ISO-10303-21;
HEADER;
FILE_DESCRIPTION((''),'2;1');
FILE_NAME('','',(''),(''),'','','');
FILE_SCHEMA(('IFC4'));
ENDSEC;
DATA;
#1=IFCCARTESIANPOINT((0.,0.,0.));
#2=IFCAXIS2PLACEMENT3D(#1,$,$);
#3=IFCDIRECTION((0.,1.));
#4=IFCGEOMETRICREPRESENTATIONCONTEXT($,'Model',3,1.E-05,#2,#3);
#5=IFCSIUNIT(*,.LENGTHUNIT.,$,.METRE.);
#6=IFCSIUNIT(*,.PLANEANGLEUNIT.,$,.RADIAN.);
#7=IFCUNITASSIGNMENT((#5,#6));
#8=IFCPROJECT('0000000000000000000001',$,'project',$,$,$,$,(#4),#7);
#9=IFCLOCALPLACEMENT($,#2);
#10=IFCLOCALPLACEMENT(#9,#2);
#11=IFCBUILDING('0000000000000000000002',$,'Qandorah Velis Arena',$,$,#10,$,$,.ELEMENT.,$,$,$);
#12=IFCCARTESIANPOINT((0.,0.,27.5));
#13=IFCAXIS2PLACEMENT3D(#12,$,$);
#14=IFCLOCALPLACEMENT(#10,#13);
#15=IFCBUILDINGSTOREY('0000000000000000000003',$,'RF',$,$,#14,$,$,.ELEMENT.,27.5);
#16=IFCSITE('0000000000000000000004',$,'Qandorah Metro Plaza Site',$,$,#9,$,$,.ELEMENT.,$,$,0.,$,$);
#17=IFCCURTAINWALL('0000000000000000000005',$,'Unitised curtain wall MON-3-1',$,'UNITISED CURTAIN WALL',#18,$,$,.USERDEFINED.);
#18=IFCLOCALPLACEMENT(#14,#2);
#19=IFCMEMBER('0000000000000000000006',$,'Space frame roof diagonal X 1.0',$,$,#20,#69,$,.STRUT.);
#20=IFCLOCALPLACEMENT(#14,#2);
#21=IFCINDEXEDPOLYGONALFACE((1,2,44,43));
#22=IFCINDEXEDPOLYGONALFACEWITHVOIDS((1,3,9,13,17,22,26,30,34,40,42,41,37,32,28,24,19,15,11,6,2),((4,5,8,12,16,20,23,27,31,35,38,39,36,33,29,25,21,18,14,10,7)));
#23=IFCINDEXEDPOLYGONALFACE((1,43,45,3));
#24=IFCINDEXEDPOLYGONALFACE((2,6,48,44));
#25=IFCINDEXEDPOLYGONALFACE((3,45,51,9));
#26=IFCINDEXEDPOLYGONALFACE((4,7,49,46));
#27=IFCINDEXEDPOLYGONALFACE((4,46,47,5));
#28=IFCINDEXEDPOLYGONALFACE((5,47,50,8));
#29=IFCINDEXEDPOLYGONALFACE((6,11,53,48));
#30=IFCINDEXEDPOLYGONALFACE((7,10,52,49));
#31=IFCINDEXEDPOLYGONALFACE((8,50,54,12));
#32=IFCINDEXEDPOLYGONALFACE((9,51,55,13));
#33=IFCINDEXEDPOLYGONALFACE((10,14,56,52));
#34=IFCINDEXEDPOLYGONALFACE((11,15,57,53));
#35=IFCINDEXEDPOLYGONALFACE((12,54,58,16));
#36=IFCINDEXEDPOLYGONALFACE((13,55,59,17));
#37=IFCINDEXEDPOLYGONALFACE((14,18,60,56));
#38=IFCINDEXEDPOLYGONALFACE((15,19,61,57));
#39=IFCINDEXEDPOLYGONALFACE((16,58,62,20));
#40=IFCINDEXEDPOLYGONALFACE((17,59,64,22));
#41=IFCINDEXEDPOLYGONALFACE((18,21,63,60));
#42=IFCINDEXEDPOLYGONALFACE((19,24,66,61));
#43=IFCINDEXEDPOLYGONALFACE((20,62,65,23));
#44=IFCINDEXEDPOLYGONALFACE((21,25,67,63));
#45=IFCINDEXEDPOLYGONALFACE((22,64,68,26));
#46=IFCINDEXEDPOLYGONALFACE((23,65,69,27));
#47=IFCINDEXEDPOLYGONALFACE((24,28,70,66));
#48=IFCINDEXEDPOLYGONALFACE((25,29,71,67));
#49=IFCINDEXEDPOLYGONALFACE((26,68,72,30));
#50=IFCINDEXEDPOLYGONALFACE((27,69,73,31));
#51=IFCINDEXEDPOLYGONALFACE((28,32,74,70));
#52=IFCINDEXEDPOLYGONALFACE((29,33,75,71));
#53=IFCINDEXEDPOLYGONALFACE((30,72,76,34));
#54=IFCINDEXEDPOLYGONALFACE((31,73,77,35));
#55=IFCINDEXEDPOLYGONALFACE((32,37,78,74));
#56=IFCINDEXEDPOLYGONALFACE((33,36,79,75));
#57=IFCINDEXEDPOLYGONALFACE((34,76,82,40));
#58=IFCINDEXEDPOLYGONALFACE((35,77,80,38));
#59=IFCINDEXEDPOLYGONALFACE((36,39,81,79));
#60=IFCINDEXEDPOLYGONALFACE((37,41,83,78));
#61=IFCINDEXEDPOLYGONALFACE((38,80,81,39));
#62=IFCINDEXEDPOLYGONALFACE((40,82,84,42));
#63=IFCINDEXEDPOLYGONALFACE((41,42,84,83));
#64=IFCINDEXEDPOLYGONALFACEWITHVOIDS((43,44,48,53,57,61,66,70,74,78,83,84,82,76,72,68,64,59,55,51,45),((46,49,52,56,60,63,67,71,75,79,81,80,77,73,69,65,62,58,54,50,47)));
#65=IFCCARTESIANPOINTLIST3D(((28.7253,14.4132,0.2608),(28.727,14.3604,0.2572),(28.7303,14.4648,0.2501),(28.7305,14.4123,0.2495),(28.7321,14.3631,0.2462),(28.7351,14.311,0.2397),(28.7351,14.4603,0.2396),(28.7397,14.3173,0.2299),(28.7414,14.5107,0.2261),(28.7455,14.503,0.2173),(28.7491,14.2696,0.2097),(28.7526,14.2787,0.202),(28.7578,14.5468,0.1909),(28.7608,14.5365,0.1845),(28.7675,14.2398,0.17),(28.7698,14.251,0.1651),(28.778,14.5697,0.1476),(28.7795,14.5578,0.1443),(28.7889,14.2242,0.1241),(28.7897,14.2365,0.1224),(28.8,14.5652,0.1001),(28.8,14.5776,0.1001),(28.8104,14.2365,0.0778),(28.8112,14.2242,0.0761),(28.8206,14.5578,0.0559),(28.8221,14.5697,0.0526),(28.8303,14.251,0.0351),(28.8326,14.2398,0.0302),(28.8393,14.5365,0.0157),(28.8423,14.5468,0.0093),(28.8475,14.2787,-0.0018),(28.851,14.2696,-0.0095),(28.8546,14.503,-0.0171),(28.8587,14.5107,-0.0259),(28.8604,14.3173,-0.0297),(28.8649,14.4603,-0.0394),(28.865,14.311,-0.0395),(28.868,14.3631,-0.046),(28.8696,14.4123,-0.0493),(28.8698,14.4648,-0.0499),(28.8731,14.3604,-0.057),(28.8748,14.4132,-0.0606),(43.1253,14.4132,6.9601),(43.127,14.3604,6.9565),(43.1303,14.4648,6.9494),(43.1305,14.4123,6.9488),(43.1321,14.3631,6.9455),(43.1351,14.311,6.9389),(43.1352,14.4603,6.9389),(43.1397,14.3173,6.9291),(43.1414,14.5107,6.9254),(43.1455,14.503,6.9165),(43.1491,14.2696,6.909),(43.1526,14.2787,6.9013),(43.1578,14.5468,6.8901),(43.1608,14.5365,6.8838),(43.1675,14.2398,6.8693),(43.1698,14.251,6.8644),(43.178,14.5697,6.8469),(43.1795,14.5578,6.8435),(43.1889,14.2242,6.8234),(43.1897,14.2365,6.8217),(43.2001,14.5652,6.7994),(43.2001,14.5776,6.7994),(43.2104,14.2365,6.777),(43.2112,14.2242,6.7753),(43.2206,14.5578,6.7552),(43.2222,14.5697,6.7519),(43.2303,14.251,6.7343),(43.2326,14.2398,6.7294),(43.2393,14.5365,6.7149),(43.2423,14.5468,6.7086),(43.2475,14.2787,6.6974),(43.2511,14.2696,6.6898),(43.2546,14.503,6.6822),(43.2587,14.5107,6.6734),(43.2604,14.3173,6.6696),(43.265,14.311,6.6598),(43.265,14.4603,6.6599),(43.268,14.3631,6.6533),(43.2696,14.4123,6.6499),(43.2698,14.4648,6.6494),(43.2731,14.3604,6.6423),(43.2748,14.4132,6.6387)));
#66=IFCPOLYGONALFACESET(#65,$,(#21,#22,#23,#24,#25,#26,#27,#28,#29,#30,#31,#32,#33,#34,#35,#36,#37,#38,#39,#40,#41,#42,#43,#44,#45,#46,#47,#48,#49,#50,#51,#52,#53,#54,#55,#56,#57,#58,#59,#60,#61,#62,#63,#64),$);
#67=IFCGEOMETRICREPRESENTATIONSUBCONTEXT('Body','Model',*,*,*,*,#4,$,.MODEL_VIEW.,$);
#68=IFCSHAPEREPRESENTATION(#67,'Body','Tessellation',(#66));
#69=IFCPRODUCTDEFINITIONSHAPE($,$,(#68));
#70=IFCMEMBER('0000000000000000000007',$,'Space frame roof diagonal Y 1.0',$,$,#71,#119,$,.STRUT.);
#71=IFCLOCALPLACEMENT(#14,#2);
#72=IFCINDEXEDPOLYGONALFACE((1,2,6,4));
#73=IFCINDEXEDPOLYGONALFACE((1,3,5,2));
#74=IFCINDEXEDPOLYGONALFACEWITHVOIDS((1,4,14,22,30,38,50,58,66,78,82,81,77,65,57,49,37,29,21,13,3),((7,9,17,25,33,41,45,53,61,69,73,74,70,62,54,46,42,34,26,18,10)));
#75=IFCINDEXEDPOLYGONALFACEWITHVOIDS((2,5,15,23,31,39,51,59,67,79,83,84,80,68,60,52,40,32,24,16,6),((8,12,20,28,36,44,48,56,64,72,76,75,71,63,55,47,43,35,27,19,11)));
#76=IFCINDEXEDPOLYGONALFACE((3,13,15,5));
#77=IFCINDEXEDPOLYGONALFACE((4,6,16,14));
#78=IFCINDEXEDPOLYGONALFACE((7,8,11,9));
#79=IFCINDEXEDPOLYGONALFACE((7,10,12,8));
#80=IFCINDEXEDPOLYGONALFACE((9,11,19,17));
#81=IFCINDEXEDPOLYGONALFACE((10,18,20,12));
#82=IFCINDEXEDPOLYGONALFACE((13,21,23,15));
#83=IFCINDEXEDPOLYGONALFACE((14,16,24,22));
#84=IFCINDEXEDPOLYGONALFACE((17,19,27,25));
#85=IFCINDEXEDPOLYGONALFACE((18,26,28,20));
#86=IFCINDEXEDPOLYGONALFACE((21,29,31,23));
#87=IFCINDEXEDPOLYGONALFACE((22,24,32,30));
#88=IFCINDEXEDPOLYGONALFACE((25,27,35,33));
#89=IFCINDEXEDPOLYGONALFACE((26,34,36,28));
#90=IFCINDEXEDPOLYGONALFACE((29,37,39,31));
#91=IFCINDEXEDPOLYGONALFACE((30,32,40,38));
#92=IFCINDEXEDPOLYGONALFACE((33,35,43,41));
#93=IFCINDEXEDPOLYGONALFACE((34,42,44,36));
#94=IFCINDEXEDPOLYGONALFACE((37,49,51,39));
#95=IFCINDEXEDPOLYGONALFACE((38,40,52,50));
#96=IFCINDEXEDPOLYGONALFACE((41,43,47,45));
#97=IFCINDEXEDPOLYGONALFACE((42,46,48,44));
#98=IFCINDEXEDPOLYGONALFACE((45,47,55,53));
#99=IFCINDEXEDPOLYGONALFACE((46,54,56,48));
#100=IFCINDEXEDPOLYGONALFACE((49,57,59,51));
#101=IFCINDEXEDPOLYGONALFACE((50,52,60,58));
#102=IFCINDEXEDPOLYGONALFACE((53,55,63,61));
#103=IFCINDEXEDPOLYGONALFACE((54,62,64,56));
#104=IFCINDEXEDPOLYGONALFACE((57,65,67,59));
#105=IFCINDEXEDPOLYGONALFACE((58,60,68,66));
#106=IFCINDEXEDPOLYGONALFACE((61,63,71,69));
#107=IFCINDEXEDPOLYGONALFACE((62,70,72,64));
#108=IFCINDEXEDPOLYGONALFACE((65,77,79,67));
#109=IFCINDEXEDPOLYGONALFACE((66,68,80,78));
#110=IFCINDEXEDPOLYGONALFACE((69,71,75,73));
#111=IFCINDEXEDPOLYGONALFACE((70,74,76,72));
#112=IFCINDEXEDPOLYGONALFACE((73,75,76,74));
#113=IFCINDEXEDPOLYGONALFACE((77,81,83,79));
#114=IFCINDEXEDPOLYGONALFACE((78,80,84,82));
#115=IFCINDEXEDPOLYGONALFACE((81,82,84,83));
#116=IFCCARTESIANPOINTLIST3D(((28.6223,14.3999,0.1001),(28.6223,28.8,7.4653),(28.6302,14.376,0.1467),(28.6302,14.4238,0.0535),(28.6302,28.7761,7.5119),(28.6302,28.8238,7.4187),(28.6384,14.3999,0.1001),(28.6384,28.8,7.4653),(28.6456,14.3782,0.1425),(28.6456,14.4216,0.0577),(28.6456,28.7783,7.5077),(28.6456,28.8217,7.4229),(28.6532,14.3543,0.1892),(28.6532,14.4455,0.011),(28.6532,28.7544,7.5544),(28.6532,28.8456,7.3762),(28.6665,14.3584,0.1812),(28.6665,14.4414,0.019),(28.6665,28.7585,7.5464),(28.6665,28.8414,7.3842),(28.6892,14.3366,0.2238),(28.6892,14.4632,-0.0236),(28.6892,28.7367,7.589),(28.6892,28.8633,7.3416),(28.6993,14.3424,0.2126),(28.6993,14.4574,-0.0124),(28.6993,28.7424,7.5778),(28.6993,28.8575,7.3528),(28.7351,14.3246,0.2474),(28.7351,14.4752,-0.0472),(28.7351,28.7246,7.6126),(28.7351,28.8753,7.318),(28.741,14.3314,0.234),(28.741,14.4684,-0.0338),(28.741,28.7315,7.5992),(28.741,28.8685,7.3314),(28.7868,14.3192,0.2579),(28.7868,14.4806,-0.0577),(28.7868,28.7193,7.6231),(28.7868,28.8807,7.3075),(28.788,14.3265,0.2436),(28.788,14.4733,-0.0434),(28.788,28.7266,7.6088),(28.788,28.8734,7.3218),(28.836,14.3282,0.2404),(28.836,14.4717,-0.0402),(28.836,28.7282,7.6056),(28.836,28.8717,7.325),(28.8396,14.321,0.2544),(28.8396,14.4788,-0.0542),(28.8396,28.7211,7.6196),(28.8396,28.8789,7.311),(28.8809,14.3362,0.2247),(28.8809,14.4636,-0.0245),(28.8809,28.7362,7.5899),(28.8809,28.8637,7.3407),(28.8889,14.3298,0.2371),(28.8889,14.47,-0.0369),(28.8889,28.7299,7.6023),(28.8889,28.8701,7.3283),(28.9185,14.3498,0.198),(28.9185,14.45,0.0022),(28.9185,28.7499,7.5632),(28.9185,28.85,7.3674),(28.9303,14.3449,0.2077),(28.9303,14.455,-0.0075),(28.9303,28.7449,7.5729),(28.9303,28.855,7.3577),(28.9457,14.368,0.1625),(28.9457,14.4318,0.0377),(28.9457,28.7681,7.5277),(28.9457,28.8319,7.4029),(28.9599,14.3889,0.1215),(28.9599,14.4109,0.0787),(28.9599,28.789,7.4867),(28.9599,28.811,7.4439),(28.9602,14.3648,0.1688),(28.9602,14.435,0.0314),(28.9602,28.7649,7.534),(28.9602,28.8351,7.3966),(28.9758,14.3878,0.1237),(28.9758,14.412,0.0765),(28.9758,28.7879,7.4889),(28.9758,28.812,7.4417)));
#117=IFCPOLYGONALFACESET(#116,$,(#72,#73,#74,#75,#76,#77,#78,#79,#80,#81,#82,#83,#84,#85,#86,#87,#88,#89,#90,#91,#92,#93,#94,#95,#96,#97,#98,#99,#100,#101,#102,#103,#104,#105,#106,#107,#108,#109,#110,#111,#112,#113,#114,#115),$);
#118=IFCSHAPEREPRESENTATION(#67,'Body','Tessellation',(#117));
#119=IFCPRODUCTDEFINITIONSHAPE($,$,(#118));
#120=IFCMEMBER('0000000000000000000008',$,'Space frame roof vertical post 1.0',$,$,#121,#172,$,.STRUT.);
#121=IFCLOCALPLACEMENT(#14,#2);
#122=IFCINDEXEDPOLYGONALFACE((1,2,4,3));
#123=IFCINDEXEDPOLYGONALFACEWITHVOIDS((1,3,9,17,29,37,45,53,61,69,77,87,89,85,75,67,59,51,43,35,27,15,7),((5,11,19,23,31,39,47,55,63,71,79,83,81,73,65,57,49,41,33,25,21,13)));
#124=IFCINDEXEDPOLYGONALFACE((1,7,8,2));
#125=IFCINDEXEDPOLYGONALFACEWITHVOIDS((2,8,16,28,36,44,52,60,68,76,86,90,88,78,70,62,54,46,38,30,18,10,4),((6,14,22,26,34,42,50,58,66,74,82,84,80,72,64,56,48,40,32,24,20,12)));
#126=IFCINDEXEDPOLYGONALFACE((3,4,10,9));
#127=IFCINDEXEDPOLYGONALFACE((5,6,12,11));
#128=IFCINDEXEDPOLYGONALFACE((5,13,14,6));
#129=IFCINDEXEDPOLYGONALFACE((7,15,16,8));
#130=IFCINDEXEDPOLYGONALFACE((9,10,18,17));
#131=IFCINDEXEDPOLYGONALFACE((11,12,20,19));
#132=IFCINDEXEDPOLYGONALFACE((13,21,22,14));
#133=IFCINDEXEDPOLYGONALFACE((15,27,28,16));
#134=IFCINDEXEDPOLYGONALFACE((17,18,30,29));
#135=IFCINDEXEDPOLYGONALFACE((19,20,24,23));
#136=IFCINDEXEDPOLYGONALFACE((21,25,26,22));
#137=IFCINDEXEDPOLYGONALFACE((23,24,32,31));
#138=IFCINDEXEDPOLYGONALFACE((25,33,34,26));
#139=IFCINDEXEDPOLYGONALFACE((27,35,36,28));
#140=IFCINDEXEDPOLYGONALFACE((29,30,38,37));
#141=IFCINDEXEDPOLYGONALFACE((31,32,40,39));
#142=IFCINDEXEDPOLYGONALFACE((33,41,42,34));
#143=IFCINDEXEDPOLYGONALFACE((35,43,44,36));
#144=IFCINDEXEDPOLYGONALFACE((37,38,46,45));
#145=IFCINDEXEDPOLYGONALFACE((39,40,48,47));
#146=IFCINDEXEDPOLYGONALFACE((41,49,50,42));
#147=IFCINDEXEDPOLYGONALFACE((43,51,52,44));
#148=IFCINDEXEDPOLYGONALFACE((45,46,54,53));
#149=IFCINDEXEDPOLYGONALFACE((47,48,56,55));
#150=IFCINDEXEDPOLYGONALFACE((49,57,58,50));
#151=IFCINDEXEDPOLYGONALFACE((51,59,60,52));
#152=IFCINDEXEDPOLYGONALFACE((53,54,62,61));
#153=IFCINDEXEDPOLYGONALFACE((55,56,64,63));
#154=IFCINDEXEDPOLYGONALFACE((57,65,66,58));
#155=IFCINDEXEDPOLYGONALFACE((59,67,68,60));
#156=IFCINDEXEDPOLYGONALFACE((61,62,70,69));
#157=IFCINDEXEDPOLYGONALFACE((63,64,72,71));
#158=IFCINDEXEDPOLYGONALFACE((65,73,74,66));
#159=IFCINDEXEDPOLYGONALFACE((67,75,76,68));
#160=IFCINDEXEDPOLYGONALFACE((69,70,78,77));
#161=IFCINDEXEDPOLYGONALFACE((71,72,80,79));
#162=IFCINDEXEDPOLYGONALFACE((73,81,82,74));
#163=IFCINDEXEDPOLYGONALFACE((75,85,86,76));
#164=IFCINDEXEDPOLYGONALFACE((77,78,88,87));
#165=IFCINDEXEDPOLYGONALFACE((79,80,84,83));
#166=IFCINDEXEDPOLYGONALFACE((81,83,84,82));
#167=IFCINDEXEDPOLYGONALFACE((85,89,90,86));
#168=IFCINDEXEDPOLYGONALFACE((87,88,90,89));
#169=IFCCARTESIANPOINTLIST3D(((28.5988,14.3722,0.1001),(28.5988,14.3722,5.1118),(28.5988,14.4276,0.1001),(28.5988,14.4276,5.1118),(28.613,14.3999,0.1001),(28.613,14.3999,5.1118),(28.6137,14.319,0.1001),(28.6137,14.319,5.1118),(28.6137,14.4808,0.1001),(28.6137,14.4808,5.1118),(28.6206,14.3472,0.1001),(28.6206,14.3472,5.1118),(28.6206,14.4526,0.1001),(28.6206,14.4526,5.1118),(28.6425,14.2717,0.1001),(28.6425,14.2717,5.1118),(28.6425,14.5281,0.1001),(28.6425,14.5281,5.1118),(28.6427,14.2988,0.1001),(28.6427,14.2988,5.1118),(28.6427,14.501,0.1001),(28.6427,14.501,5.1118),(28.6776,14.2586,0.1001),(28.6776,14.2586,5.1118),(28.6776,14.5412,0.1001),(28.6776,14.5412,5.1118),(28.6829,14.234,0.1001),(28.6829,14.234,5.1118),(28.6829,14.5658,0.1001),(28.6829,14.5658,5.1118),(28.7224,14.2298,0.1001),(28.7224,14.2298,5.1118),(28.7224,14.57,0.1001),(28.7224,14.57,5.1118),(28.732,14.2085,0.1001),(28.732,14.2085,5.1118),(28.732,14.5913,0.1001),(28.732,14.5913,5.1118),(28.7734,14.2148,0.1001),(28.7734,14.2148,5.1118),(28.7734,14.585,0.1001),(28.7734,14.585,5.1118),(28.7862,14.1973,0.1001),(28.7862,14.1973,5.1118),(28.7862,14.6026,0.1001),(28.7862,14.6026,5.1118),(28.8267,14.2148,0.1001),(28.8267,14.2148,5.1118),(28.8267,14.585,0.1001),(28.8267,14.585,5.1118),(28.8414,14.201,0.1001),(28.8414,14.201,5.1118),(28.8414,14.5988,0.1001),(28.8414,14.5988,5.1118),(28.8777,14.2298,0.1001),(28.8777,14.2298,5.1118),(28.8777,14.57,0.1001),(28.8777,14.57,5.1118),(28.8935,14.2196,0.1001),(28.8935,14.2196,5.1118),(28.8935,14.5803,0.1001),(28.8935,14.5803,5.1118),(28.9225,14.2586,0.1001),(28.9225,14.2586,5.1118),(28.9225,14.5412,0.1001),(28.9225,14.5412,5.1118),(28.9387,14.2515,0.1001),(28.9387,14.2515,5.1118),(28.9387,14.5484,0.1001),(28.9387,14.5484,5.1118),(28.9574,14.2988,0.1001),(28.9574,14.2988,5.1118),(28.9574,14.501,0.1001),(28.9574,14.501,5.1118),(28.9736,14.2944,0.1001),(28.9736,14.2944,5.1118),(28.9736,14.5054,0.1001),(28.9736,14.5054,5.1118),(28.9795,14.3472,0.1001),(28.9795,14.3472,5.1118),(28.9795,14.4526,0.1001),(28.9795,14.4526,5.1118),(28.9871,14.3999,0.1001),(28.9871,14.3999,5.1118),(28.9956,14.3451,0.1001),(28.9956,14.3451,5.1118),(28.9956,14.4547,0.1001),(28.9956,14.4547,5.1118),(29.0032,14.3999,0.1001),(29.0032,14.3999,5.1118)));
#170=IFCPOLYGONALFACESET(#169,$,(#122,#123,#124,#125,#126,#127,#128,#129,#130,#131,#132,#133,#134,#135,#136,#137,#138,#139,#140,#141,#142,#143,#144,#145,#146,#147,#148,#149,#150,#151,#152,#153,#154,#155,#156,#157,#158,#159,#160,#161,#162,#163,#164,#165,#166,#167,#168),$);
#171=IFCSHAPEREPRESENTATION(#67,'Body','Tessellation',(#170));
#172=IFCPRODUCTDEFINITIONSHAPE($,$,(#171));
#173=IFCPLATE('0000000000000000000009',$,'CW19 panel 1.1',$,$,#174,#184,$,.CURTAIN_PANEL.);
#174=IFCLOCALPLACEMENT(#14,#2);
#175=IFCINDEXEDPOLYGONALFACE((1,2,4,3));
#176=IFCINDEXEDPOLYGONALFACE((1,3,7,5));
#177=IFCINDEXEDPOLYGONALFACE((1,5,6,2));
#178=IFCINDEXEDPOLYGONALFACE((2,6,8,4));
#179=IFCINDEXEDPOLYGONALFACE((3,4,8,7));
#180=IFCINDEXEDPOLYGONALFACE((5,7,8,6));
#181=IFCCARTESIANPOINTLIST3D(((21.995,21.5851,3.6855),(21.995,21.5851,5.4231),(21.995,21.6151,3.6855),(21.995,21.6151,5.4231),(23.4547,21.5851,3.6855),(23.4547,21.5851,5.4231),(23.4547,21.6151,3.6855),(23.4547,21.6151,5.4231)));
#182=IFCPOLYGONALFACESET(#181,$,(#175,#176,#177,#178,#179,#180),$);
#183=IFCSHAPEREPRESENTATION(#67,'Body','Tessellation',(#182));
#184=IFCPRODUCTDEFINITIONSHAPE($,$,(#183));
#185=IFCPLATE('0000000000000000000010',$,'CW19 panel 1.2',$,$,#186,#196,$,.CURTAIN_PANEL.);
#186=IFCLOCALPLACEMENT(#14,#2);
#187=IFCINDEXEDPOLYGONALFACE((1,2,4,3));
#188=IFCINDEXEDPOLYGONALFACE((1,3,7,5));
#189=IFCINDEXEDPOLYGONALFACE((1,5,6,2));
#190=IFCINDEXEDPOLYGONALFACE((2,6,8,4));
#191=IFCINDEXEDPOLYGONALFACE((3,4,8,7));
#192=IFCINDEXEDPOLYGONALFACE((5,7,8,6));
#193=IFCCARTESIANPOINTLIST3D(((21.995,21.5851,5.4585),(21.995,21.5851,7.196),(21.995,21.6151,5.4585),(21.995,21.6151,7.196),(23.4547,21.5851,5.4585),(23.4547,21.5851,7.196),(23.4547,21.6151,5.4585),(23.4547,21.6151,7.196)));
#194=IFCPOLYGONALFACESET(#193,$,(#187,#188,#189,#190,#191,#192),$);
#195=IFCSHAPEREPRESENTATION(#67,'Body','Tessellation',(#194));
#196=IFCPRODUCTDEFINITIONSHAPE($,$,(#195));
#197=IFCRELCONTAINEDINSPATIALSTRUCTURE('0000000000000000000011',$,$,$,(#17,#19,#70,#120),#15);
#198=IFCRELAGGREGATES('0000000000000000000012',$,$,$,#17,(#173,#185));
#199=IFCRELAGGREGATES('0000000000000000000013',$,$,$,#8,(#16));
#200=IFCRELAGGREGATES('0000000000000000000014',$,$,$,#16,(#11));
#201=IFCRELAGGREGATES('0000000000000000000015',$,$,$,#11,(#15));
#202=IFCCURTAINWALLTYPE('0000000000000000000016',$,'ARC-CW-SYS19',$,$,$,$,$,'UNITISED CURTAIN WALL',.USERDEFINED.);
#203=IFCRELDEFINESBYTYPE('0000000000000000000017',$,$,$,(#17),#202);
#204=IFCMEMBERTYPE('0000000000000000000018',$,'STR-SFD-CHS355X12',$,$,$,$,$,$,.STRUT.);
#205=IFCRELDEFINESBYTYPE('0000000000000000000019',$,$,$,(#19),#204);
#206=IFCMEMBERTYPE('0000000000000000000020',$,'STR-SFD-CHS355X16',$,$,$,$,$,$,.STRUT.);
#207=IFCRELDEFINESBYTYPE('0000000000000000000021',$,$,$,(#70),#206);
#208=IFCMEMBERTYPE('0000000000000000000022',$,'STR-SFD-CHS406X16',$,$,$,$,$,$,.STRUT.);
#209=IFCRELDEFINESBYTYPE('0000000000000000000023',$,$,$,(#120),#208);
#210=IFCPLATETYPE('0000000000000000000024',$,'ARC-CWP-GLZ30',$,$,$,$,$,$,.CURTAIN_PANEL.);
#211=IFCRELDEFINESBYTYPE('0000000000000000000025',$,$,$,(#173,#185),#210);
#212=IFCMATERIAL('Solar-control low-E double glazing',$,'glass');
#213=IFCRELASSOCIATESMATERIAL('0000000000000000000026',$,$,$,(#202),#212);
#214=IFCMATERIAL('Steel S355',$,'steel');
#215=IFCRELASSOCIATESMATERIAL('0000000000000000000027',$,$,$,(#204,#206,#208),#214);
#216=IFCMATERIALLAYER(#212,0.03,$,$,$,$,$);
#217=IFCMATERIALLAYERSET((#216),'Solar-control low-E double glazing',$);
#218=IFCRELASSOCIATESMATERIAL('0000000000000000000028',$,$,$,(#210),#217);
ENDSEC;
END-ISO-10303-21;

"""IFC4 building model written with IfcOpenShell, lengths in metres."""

from ifc_helpers import new_model, si_unit, direction, frame, origin, origin_2d, place, context, subcontext, project, spatial, rectangle, hollow_circle, extrude, material, layer, layer_set, material_profile, profile_set, type_object, element, aggregate, save


model = new_model("IFC4")

# Units and contexts
model_context = context("Model", 3, precision=1e-05, world=origin(), true_north=direction((0.0, 1.0)))
body_context = subcontext(model_context, "Body", "Model", "MODEL_VIEW")
ifc_project = project(units=[si_unit("LENGTHUNIT", "METRE"), si_unit("PLANEANGLEUNIT", "RADIAN")], contexts=[model_context])

# Site, building, storey
site_placement = place(None, origin())
site = spatial("IfcSite", under=ifc_project, at=site_placement, Name="Qandorah Metro Plaza Site", CompositionType="ELEMENT", RefElevation=0.0)
building_placement = place(site_placement, origin())
building = spatial("IfcBuilding", under=site, at=building_placement, Name="Qandorah Velis Arena", CompositionType="ELEMENT")
storey_placement = place(building_placement, frame((0.0, 0.0, 27.5)))
storey = spatial("IfcBuildingStorey", under=building, at=storey_placement, Name="RF", CompositionType="ELEMENT", Elevation=27.5)

# Curtain wall
ifc_material_1 = material(Name="Solar-control low-E double glazing", Category="glass")
curtain_wall_type_1 = type_object("IfcCurtainWallType", Name="ARC-CW-SYS19", ElementType="UNITISED CURTAIN WALL", PredefinedType="USERDEFINED", material=ifc_material_1)
curtain_wall_1_placement = place(storey_placement, origin())
curtain_wall_1 = element("IfcCurtainWall", 1, at=curtain_wall_1_placement, inside=storey, type_object=curtain_wall_type_1, Name="Unitised curtain wall MON-3-1", ObjectType="UNITISED CURTAIN WALL", PredefinedType="USERDEFINED")

# Shared definitions
ifc_material_2 = material(Name="Steel S355", Category="steel")

# Members
ifc_material_profile_1 = material_profile(ifc_material_2, hollow_circle(Radius=0.1777, WallThickness=0.0125, at=origin_2d()), Name="CHS 355.6x12.5")
ifc_profile_set_1 = profile_set([ifc_material_profile_1], Name="Steel S355")
member_type_1 = type_object("IfcMemberType", Name="STR-SFD-CHS355X12", PredefinedType="STRUT", material=ifc_profile_set_1)
member_1_placement = place(storey_placement, frame((28.8, 14.3999, 0.1001), z_axis=(0.906683, 0.0, 0.421813), x_axis=(0.0, 1.0, 0.0)))
element("IfcMember", 2, at=member_1_placement, inside=storey, type_object=member_type_1, Name="Space frame roof diagonal X 1.0", PredefinedType="STRUT", context=body_context, shape_type="SweptSolid", body=[
    extrude(hollow_circle(Radius=0.1777, WallThickness=0.0125, at=origin_2d()), origin(), (0.0, 0.0, 1.0), 15.8821),
])
ifc_material_profile_2 = material_profile(ifc_material_2, hollow_circle(Radius=0.1777, WallThickness=0.0161, at=origin_2d()), Name="CHS 355.6x16")
ifc_profile_set_2 = profile_set([ifc_material_profile_2], Name="Steel S355")
member_type_2 = type_object("IfcMemberType", Name="STR-SFD-CHS355X16", PredefinedType="STRUT", material=ifc_profile_set_2)
member_2_placement = place(storey_placement, frame((28.8, 14.3999, 0.1001), z_axis=(0.0, 0.890305, 0.455364), x_axis=(-1.0, 0.0, 0.0)))
element("IfcMember", 3, at=member_2_placement, inside=storey, type_object=member_type_2, Name="Space frame roof diagonal Y 1.0", PredefinedType="STRUT", context=body_context, shape_type="SweptSolid", body=[
    extrude(hollow_circle(Radius=0.1777, WallThickness=0.0161, at=origin_2d()), origin(), (0.0, 0.0, 1.0), 16.1743),
])
ifc_material_profile_3 = material_profile(ifc_material_2, hollow_circle(Radius=0.2031, WallThickness=0.0161, at=origin_2d()), Name="CHS 406.4x16")
ifc_profile_set_3 = profile_set([ifc_material_profile_3], Name="Steel S355")
member_type_3 = type_object("IfcMemberType", Name="STR-SFD-CHS406X16", PredefinedType="STRUT", material=ifc_profile_set_3)
member_3_placement = place(storey_placement, frame((28.8, 14.3999, 0.1001), z_axis=(0.0, 0.0, 1.0), x_axis=(1.0, 0.0, 0.0)))
element("IfcMember", 4, at=member_3_placement, inside=storey, type_object=member_type_3, Name="Space frame roof vertical post 1.0", PredefinedType="STRUT", context=body_context, shape_type="SweptSolid", body=[
    extrude(hollow_circle(Radius=0.2031, WallThickness=0.0161, at=origin_2d()), origin(), (0.0, 0.0, 1.0), 5.0117),
])

# Plates
ifc_layer_1 = layer(ifc_material_1, 0.03)
ifc_layer_set_1 = layer_set([ifc_layer_1], Name="Solar-control low-E double glazing")
plate_type_1 = type_object("IfcPlateType", Name="ARC-CWP-GLZ30", PredefinedType="CURTAIN_PANEL", material=ifc_layer_set_1)
plate_1_placement = place(storey_placement, frame((22.7249, 21.6001, 3.6855), z_axis=(0.0, 0.0, 1.0), x_axis=(1.0, 0.0, 0.0)))
plate_1 = element("IfcPlate", 5, at=plate_1_placement, type_object=plate_type_1, Name="CW19 panel 1.1", PredefinedType="CURTAIN_PANEL", context=body_context, shape_type="SweptSolid", body=[
    extrude(rectangle(XDim=1.4597, YDim=0.03, at=origin_2d()), origin(), (0.0, 0.0, 1.0), 1.7375),
])
plate_2_placement = place(storey_placement, frame((22.7249, 21.6001, 5.4585), z_axis=(0.0, 0.0, 1.0), x_axis=(1.0, 0.0, 0.0)))
plate_2 = element("IfcPlate", 6, at=plate_2_placement, type_object=plate_type_1, Name="CW19 panel 1.2", PredefinedType="CURTAIN_PANEL", context=body_context, shape_type="SweptSolid", body=[
    extrude(rectangle(XDim=1.4597, YDim=0.03, at=origin_2d()), origin(), (0.0, 0.0, 1.0), 1.7375),
])
aggregate(curtain_wall_1, [plate_1, plate_2])

save(model, "model.ifc")
